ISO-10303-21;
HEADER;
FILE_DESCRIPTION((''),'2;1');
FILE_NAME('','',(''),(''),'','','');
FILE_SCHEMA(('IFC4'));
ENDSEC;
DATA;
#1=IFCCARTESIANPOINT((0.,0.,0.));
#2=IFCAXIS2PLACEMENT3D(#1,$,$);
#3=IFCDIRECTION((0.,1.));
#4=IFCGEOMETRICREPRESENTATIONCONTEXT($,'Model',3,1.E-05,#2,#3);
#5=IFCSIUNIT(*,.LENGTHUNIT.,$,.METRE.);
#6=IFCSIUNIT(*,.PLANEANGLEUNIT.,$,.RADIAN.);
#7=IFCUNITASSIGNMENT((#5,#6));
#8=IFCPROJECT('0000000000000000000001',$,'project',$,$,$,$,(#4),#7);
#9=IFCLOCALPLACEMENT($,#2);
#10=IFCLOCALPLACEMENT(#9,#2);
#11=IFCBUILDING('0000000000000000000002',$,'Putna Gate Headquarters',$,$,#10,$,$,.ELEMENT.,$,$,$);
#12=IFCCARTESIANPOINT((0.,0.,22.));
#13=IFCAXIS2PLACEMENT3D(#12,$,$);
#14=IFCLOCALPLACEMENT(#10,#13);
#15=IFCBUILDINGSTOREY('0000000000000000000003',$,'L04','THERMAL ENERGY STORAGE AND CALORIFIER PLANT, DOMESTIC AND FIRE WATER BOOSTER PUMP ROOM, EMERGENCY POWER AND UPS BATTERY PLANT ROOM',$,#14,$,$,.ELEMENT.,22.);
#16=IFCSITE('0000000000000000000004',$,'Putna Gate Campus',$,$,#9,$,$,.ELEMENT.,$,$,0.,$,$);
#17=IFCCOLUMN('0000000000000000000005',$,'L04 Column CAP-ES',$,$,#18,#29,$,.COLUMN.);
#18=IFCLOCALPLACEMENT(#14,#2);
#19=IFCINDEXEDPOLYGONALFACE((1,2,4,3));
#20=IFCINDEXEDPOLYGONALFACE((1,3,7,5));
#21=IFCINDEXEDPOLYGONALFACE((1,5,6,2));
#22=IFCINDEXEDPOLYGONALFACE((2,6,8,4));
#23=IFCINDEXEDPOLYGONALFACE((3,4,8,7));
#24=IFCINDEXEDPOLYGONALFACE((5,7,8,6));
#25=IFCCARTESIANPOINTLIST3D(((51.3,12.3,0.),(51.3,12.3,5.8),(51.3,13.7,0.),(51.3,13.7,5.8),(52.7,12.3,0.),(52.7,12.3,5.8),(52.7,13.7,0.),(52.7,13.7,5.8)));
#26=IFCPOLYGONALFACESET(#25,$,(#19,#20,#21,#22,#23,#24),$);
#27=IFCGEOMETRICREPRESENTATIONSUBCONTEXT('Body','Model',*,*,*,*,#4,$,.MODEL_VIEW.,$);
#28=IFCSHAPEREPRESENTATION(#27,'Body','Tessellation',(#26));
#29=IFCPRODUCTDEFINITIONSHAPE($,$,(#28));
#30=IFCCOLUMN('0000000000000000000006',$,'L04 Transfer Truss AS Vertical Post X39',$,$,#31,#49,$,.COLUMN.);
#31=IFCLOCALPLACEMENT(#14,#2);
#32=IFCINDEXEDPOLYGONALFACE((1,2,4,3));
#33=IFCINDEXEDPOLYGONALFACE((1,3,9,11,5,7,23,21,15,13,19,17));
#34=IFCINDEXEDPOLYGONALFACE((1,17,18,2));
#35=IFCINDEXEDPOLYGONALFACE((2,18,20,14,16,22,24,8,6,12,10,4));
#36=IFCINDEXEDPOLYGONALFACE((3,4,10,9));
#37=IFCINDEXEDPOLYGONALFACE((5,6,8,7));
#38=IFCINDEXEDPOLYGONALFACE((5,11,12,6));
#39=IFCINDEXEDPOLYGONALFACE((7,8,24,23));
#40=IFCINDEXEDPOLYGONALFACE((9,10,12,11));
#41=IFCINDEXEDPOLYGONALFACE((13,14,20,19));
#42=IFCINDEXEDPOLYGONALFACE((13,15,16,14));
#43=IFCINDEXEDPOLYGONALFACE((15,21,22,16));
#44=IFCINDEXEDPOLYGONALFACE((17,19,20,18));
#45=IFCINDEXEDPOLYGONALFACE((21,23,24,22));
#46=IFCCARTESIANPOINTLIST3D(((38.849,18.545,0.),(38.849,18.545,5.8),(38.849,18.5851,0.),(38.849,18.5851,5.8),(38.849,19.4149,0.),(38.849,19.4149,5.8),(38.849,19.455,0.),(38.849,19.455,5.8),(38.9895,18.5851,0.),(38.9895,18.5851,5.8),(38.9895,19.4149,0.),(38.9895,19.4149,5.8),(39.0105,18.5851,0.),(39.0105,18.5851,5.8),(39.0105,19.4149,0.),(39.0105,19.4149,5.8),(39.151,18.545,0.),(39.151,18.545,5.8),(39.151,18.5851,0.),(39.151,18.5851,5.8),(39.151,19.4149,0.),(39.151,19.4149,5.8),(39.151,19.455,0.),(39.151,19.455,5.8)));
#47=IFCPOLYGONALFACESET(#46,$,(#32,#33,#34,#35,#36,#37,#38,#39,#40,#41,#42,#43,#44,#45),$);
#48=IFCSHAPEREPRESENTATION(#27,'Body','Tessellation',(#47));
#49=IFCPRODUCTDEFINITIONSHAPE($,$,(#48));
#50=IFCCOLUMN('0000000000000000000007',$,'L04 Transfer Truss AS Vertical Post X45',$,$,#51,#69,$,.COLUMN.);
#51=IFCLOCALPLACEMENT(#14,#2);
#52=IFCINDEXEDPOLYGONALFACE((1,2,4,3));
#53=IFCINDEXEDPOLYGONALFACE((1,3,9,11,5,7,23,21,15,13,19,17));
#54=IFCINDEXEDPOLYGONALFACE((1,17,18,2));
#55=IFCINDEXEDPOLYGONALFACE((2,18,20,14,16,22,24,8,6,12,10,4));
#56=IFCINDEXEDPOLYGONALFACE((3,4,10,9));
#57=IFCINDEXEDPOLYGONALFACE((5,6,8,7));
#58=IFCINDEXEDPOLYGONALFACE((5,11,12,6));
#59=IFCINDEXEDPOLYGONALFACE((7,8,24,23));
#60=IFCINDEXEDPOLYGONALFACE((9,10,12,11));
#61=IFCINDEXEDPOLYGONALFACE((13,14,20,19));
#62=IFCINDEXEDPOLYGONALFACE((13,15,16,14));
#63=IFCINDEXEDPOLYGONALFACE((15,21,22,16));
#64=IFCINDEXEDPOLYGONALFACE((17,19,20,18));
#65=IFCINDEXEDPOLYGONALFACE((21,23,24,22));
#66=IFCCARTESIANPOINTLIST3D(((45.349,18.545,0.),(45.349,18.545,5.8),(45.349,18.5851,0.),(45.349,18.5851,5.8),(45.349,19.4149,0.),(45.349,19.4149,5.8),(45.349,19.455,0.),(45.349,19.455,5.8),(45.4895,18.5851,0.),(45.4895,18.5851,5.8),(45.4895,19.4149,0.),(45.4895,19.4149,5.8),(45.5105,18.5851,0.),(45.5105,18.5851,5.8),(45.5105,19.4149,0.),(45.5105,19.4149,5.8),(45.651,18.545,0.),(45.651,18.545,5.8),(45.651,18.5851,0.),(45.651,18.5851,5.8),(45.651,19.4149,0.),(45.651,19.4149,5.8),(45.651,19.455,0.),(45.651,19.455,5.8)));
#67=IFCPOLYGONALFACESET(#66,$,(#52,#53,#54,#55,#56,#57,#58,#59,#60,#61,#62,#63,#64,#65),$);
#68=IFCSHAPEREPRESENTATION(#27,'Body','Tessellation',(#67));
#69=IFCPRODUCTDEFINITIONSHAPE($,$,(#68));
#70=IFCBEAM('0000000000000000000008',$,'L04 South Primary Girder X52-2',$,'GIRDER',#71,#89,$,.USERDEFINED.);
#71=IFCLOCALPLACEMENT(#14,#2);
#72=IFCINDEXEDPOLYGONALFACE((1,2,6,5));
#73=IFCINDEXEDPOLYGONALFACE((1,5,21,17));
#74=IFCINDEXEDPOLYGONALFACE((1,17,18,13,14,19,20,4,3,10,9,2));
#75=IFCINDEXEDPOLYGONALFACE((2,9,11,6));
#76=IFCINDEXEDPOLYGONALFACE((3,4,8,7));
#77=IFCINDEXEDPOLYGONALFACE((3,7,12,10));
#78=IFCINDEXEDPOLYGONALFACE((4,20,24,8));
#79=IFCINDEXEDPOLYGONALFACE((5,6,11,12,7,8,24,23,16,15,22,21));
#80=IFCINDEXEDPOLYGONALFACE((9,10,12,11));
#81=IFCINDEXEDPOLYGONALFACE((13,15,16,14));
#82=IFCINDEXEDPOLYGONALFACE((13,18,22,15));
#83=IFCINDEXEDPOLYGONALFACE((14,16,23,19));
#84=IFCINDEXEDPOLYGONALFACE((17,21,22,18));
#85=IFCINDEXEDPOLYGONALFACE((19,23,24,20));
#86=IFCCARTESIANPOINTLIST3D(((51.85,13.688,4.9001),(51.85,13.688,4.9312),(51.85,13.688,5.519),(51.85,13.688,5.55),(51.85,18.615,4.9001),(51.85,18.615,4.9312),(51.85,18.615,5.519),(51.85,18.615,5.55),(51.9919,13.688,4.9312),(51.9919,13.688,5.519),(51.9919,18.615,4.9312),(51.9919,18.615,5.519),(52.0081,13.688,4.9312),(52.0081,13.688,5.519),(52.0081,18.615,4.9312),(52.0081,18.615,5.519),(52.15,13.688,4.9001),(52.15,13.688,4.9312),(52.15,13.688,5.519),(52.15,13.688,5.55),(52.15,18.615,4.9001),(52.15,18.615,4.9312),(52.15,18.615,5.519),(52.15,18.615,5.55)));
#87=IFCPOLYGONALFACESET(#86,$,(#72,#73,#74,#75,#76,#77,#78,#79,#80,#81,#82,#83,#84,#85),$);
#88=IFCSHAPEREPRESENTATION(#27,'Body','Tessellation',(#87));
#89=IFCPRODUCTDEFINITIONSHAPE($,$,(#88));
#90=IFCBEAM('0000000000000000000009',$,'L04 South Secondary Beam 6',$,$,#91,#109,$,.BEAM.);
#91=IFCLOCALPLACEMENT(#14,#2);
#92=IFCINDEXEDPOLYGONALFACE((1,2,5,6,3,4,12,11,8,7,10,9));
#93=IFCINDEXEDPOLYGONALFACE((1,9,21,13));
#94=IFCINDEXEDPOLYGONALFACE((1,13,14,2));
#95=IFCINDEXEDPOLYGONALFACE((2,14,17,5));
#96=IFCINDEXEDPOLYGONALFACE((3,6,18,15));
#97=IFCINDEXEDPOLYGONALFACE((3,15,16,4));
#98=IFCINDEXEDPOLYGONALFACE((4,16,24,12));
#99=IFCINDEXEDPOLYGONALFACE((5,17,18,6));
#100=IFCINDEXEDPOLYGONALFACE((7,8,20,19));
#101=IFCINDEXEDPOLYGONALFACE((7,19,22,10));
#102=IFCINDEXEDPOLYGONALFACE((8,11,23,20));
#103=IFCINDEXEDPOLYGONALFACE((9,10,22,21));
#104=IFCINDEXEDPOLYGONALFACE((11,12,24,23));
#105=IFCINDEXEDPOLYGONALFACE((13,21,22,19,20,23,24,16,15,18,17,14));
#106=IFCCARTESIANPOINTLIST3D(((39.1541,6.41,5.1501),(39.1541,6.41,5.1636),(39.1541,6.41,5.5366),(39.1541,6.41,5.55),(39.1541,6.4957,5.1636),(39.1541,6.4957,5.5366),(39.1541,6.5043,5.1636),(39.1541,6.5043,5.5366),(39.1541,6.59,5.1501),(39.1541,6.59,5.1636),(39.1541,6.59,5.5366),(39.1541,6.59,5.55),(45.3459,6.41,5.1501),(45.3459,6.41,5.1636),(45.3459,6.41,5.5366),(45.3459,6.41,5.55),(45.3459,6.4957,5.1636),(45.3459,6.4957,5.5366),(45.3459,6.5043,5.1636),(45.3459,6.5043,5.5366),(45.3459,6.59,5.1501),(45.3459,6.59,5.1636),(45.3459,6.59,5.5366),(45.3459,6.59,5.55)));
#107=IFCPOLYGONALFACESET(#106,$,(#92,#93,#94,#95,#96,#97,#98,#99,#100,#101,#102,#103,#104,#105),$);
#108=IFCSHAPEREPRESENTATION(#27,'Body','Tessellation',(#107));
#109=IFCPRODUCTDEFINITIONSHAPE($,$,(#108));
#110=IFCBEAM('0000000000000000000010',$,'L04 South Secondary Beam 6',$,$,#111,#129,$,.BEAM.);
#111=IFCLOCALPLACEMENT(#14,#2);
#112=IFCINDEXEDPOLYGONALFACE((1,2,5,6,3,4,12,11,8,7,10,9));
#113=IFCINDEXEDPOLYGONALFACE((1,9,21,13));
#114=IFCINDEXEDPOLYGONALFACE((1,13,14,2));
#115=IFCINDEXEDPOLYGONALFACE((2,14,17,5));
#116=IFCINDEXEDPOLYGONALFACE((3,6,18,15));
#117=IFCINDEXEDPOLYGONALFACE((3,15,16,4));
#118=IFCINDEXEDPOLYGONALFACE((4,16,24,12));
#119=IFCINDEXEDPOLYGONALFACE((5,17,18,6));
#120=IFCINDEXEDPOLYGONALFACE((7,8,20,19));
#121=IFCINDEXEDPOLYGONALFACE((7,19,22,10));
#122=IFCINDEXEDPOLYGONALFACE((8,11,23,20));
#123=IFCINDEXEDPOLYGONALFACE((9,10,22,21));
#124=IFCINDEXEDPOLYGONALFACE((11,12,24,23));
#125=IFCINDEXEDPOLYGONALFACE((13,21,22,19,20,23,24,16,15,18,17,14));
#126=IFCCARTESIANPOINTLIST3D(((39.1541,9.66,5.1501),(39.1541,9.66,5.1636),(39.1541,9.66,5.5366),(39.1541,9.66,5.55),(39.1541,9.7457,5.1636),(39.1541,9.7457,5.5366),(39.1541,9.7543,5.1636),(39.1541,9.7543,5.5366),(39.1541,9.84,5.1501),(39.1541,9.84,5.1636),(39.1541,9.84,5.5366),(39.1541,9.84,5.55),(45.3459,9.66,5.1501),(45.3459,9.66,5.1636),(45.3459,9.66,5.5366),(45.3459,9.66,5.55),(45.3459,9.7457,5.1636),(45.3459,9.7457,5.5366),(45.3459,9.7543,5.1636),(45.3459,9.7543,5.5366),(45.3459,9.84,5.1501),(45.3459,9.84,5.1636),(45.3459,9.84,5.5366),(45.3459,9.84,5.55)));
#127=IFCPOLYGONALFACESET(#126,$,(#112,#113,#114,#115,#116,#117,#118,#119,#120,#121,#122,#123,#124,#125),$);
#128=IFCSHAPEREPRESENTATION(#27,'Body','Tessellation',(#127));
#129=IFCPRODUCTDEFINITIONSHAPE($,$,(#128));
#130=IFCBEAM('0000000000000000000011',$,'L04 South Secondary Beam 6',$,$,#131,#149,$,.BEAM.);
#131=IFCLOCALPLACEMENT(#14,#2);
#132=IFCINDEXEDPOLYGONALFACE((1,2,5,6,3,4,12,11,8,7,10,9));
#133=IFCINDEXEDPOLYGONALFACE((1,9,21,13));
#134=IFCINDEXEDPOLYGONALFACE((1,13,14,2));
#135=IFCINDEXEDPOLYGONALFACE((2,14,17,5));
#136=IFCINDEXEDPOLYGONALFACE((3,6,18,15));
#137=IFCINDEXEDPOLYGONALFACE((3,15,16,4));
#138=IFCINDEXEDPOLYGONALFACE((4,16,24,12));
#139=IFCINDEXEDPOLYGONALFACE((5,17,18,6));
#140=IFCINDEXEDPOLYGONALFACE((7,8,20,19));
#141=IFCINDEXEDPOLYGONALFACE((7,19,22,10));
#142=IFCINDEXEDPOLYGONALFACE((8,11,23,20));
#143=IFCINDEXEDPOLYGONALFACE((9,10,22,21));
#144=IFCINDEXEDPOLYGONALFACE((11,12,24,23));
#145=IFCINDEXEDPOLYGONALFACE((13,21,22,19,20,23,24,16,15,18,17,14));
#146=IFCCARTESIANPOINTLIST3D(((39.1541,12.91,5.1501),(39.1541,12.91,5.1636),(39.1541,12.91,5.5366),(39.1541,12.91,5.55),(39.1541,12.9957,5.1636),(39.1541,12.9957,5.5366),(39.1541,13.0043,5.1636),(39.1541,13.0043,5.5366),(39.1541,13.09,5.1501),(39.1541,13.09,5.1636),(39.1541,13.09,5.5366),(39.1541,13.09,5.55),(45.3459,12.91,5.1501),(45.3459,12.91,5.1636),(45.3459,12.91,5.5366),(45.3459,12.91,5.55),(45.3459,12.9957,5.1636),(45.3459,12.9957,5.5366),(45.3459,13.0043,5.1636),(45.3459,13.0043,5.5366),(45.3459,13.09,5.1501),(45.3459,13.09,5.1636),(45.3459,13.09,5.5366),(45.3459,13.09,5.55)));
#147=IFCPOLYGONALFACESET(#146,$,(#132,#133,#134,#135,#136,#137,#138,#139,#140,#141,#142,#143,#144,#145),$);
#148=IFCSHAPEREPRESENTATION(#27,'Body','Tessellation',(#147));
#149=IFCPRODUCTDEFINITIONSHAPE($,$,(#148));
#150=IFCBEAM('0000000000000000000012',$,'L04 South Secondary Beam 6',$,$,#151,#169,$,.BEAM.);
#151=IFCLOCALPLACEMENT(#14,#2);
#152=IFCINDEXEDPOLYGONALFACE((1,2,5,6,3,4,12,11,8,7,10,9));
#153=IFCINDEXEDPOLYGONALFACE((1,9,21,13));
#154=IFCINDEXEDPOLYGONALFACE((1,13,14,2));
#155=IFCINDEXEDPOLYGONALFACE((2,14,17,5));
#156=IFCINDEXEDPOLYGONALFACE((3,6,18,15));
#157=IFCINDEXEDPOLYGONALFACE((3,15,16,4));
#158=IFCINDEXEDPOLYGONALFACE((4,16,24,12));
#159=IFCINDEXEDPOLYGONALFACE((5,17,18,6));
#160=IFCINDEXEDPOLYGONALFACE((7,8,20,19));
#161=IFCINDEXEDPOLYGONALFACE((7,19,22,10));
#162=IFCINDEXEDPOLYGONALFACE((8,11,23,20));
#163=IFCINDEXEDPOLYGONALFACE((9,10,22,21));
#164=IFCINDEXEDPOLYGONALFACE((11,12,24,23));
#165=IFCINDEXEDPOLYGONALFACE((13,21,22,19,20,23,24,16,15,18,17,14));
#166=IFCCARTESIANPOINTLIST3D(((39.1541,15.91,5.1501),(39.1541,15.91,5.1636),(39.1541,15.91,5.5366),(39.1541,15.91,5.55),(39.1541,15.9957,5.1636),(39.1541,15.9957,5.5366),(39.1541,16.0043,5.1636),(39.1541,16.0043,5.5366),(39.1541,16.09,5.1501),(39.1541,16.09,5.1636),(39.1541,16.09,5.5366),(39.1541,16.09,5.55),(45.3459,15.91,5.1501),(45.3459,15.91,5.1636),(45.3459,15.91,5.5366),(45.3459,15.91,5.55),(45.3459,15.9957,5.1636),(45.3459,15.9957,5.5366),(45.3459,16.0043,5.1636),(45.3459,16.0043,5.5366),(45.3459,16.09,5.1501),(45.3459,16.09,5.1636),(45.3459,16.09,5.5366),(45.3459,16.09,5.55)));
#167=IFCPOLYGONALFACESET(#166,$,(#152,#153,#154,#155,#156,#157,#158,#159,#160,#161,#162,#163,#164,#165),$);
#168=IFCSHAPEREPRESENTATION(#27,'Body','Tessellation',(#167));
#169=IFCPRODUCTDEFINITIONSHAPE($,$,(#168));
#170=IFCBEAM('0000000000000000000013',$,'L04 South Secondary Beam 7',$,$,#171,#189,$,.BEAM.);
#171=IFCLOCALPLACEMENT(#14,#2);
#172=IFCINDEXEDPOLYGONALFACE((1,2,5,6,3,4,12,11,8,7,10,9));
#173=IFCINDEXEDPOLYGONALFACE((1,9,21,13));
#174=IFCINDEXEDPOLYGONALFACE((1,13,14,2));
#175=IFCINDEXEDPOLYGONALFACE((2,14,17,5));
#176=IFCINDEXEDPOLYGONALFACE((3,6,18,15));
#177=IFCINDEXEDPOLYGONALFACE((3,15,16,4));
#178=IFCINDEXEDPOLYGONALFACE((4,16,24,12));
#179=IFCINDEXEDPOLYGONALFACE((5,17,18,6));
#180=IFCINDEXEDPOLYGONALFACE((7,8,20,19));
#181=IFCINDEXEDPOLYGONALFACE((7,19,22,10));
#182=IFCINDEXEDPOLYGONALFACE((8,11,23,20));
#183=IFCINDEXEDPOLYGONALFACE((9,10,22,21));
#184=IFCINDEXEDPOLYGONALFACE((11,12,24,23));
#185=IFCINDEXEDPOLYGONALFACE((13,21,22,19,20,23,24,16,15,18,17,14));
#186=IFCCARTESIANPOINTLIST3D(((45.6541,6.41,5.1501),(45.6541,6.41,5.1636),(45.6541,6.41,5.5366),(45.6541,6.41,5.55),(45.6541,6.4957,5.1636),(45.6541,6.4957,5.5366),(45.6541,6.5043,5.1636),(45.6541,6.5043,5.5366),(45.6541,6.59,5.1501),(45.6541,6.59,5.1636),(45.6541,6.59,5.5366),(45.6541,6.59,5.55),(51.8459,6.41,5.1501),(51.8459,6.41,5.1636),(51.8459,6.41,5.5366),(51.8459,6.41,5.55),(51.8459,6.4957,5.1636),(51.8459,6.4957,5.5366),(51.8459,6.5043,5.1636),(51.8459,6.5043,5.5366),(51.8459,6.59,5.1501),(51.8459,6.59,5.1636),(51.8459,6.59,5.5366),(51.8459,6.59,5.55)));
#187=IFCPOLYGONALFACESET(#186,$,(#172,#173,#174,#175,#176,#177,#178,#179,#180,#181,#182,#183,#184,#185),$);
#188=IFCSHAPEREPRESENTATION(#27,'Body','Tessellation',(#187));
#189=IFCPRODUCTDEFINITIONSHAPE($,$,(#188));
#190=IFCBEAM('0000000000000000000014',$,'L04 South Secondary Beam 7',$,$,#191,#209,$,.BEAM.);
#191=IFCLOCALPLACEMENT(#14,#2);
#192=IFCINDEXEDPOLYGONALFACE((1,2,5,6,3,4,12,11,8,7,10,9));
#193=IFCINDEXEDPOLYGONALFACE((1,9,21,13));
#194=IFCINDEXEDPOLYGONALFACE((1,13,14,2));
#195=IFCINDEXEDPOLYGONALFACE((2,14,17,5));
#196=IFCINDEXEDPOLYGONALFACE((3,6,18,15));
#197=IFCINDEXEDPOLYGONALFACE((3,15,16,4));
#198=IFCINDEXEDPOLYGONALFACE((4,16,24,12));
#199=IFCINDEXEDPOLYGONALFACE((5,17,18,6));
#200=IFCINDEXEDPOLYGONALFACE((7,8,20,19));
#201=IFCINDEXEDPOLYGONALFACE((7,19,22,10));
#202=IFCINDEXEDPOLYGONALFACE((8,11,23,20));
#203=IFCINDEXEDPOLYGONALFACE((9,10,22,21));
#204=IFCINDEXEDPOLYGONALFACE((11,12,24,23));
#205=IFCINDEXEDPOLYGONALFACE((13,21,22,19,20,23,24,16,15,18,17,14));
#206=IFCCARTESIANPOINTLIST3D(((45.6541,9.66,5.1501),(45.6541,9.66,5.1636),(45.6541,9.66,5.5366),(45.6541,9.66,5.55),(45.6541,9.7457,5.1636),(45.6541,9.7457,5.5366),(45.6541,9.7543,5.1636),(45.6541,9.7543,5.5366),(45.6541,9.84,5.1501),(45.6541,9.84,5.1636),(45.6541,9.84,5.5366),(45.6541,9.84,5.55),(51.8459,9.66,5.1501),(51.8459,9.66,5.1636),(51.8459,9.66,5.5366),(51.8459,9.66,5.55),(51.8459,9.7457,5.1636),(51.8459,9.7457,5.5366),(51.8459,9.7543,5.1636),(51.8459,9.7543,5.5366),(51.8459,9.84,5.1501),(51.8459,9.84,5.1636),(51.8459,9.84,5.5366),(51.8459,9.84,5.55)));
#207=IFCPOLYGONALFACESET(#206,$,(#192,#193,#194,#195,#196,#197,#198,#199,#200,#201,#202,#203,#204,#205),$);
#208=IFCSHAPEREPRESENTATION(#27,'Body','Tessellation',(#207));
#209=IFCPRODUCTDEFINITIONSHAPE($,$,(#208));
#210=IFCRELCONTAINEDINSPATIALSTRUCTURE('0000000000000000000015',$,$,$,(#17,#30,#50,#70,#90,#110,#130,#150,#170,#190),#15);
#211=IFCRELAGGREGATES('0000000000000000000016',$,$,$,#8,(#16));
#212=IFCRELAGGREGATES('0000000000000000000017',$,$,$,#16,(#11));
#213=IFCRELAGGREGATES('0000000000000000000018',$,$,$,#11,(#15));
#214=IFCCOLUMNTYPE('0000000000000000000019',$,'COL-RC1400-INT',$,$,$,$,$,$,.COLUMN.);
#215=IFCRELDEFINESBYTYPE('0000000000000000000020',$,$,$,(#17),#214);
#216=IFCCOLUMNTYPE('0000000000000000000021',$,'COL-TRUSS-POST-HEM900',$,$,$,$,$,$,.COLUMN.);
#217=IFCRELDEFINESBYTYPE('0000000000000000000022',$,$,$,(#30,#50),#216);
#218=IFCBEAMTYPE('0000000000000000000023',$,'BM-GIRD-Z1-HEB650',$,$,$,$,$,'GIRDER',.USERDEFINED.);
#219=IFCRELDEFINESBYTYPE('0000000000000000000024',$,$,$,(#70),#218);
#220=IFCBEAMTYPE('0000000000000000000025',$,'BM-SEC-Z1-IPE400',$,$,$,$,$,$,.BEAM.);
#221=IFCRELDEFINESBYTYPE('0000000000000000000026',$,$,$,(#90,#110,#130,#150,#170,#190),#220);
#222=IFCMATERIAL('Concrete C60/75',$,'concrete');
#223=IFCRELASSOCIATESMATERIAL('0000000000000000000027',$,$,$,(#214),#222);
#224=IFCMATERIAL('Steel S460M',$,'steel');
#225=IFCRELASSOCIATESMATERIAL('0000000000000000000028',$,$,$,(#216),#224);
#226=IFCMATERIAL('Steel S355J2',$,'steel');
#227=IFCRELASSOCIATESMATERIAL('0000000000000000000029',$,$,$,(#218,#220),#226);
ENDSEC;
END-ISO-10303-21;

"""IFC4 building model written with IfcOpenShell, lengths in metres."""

from ifc_helpers import new_model, si_unit, direction, frame, origin, origin_2d, place, context, subcontext, project, spatial, rectangle, i_section, extrude, material, material_profile, profile_set, type_object, element, save


model = new_model("IFC4")

# Units and contexts
model_context = context("Model", 3, precision=1e-05, world=origin(), true_north=direction((0.0, 1.0)))
body_context = subcontext(model_context, "Body", "Model", "MODEL_VIEW")
ifc_project = project(units=[si_unit("LENGTHUNIT", "METRE"), si_unit("PLANEANGLEUNIT", "RADIAN")], contexts=[model_context])

# Site, building, storey
site_placement = place(None, origin())
site = spatial("IfcSite", under=ifc_project, at=site_placement, Name="Putna Gate Campus", CompositionType="ELEMENT", RefElevation=0.0)
building_placement = place(site_placement, origin())
building = spatial("IfcBuilding", under=site, at=building_placement, Name="Putna Gate Headquarters", CompositionType="ELEMENT")
storey_placement = place(building_placement, frame((0.0, 0.0, 22.0)))
storey = spatial("IfcBuildingStorey", under=building, at=storey_placement, Name="L04", Description="THERMAL ENERGY STORAGE AND CALORIFIER PLANT, DOMESTIC AND FIRE WATER BOOSTER PUMP ROOM, EMERGENCY POWER AND UPS BATTERY PLANT ROOM", CompositionType="ELEMENT", Elevation=22.0)

# Columns
ifc_material_1 = material(Name="Concrete C60/75", Category="concrete")
ifc_material_profile_1 = material_profile(ifc_material_1, rectangle(XDim=1.3999, YDim=1.3999, at=origin_2d()), Name="Concrete C60/75")
ifc_profile_set_1 = profile_set([ifc_material_profile_1], Name="Concrete C60/75")
column_type_1 = type_object("IfcColumnType", Name="COL-RC1400-INT", PredefinedType="COLUMN", material=ifc_profile_set_1)
column_placement = place(storey_placement, frame((52.0, 13.0, 0.0), z_axis=(0.0, 0.0, 1.0), x_axis=(1.0, 0.0, 0.0)))
element("IfcColumn", 1, at=column_placement, inside=storey, type_object=column_type_1, Name="L04 Column CAP-ES", PredefinedType="COLUMN", context=body_context, shape_type="SweptSolid", body=[
    extrude(rectangle(XDim=1.3999, YDim=1.3999, at=origin_2d()), origin(), (0.0, 0.0, 1.0), 5.8),
])
ifc_material_2 = material(Name="Steel S460M", Category="steel")
ifc_material_profile_2 = material_profile(ifc_material_2, i_section(OverallWidth=0.302, OverallDepth=0.9099, WebThickness=0.021, FlangeThickness=0.04, at=origin_2d()), Name="Steel S460M")
ifc_profile_set_2 = profile_set([ifc_material_profile_2], Name="Steel S460M")
column_type_2 = type_object("IfcColumnType", Name="COL-TRUSS-POST-HEM900", PredefinedType="COLUMN", material=ifc_profile_set_2)
for number, where, z_axis, x_axis, name in (
    (2, (39.0, 19.0, 0.0), (0.0, 0.0, 1.0), (1.0, 0.0, 0.0), "L04 Transfer Truss AS Vertical Post X39"),
    (3, (45.5, 19.0, 0.0), (0.0, 0.0, 1.0), (1.0, 0.0, 0.0), "L04 Transfer Truss AS Vertical Post X45"),
):
    element("IfcColumn", number, at=place(storey_placement, frame(where, z_axis=z_axis, x_axis=x_axis)), inside=storey, type_object=column_type_2, Name=name, PredefinedType="COLUMN", context=body_context, shape_type="SweptSolid", body=[
        extrude(i_section(OverallWidth=0.302, OverallDepth=0.9099, WebThickness=0.021, FlangeThickness=0.04, at=origin_2d()), origin(), (0.0, 0.0, 1.0), 5.8),
    ])

# Beams
ifc_material_3 = material(Name="Steel S355J2", Category="steel")
ifc_material_profile_3 = material_profile(ifc_material_3, i_section(OverallWidth=0.3, OverallDepth=0.6499, WebThickness=0.0161, FlangeThickness=0.031, at=origin_2d()), Name="Steel S355J2")
ifc_profile_set_3 = profile_set([ifc_material_profile_3], Name="Steel S355J2")
beam_type_1 = type_object("IfcBeamType", Name="BM-GIRD-Z1-HEB650", ElementType="GIRDER", PredefinedType="USERDEFINED", material=ifc_profile_set_3)
beam_1_placement = place(storey_placement, frame((52.0, 13.688, 5.2251), z_axis=(0.0, 1.0, 0.0), x_axis=(-1.0, 0.0, 0.0)))
element("IfcBeam", 4, at=beam_1_placement, inside=storey, type_object=beam_type_1, Name="L04 South Primary Girder X52-2", ObjectType="GIRDER", PredefinedType="USERDEFINED", context=body_context, shape_type="SweptSolid", body=[
    extrude(i_section(OverallWidth=0.3, OverallDepth=0.6499, WebThickness=0.0161, FlangeThickness=0.031, at=origin_2d()), origin(), (0.0, 0.0, 1.0), 4.927),
])
ifc_material_profile_4 = material_profile(ifc_material_3, i_section(OverallWidth=0.1799, OverallDepth=0.3999, WebThickness=0.0085, FlangeThickness=0.0134, at=origin_2d()), Name="Steel S355J2")
ifc_profile_set_4 = profile_set([ifc_material_profile_4], Name="Steel S355J2")
beam_type_2 = type_object("IfcBeamType", Name="BM-SEC-Z1-IPE400", PredefinedType="BEAM", material=ifc_profile_set_4)
for number, where, z_axis, x_axis, name in (
    (5, (39.1541, 6.5, 5.3501), (1.0, 0.0, 0.0), (0.0, 1.0, 0.0), "L04 South Secondary Beam 6"),
    (6, (39.1541, 9.75, 5.3501), (1.0, 0.0, 0.0), (0.0, 1.0, 0.0), "L04 South Secondary Beam 6"),
    (7, (39.1541, 13.0, 5.3501), (1.0, 0.0, 0.0), (0.0, 1.0, 0.0), "L04 South Secondary Beam 6"),
    (8, (39.1541, 16.0, 5.3501), (1.0, 0.0, 0.0), (0.0, 1.0, 0.0), "L04 South Secondary Beam 6"),
    (9, (45.6541, 6.5, 5.3501), (1.0, 0.0, 0.0), (0.0, 1.0, 0.0), "L04 South Secondary Beam 7"),
    (10, (45.6541, 9.75, 5.3501), (1.0, 0.0, 0.0), (0.0, 1.0, 0.0), "L04 South Secondary Beam 7"),
):
    element("IfcBeam", number, at=place(storey_placement, frame(where, z_axis=z_axis, x_axis=x_axis)), inside=storey, type_object=beam_type_2, Name=name, PredefinedType="BEAM", context=body_context, shape_type="SweptSolid", body=[
        extrude(i_section(OverallWidth=0.1799, OverallDepth=0.3999, WebThickness=0.0085, FlangeThickness=0.0134, at=origin_2d()), origin(), (0.0, 0.0, 1.0), 6.1919),
    ])

save(model, "model.ifc")
